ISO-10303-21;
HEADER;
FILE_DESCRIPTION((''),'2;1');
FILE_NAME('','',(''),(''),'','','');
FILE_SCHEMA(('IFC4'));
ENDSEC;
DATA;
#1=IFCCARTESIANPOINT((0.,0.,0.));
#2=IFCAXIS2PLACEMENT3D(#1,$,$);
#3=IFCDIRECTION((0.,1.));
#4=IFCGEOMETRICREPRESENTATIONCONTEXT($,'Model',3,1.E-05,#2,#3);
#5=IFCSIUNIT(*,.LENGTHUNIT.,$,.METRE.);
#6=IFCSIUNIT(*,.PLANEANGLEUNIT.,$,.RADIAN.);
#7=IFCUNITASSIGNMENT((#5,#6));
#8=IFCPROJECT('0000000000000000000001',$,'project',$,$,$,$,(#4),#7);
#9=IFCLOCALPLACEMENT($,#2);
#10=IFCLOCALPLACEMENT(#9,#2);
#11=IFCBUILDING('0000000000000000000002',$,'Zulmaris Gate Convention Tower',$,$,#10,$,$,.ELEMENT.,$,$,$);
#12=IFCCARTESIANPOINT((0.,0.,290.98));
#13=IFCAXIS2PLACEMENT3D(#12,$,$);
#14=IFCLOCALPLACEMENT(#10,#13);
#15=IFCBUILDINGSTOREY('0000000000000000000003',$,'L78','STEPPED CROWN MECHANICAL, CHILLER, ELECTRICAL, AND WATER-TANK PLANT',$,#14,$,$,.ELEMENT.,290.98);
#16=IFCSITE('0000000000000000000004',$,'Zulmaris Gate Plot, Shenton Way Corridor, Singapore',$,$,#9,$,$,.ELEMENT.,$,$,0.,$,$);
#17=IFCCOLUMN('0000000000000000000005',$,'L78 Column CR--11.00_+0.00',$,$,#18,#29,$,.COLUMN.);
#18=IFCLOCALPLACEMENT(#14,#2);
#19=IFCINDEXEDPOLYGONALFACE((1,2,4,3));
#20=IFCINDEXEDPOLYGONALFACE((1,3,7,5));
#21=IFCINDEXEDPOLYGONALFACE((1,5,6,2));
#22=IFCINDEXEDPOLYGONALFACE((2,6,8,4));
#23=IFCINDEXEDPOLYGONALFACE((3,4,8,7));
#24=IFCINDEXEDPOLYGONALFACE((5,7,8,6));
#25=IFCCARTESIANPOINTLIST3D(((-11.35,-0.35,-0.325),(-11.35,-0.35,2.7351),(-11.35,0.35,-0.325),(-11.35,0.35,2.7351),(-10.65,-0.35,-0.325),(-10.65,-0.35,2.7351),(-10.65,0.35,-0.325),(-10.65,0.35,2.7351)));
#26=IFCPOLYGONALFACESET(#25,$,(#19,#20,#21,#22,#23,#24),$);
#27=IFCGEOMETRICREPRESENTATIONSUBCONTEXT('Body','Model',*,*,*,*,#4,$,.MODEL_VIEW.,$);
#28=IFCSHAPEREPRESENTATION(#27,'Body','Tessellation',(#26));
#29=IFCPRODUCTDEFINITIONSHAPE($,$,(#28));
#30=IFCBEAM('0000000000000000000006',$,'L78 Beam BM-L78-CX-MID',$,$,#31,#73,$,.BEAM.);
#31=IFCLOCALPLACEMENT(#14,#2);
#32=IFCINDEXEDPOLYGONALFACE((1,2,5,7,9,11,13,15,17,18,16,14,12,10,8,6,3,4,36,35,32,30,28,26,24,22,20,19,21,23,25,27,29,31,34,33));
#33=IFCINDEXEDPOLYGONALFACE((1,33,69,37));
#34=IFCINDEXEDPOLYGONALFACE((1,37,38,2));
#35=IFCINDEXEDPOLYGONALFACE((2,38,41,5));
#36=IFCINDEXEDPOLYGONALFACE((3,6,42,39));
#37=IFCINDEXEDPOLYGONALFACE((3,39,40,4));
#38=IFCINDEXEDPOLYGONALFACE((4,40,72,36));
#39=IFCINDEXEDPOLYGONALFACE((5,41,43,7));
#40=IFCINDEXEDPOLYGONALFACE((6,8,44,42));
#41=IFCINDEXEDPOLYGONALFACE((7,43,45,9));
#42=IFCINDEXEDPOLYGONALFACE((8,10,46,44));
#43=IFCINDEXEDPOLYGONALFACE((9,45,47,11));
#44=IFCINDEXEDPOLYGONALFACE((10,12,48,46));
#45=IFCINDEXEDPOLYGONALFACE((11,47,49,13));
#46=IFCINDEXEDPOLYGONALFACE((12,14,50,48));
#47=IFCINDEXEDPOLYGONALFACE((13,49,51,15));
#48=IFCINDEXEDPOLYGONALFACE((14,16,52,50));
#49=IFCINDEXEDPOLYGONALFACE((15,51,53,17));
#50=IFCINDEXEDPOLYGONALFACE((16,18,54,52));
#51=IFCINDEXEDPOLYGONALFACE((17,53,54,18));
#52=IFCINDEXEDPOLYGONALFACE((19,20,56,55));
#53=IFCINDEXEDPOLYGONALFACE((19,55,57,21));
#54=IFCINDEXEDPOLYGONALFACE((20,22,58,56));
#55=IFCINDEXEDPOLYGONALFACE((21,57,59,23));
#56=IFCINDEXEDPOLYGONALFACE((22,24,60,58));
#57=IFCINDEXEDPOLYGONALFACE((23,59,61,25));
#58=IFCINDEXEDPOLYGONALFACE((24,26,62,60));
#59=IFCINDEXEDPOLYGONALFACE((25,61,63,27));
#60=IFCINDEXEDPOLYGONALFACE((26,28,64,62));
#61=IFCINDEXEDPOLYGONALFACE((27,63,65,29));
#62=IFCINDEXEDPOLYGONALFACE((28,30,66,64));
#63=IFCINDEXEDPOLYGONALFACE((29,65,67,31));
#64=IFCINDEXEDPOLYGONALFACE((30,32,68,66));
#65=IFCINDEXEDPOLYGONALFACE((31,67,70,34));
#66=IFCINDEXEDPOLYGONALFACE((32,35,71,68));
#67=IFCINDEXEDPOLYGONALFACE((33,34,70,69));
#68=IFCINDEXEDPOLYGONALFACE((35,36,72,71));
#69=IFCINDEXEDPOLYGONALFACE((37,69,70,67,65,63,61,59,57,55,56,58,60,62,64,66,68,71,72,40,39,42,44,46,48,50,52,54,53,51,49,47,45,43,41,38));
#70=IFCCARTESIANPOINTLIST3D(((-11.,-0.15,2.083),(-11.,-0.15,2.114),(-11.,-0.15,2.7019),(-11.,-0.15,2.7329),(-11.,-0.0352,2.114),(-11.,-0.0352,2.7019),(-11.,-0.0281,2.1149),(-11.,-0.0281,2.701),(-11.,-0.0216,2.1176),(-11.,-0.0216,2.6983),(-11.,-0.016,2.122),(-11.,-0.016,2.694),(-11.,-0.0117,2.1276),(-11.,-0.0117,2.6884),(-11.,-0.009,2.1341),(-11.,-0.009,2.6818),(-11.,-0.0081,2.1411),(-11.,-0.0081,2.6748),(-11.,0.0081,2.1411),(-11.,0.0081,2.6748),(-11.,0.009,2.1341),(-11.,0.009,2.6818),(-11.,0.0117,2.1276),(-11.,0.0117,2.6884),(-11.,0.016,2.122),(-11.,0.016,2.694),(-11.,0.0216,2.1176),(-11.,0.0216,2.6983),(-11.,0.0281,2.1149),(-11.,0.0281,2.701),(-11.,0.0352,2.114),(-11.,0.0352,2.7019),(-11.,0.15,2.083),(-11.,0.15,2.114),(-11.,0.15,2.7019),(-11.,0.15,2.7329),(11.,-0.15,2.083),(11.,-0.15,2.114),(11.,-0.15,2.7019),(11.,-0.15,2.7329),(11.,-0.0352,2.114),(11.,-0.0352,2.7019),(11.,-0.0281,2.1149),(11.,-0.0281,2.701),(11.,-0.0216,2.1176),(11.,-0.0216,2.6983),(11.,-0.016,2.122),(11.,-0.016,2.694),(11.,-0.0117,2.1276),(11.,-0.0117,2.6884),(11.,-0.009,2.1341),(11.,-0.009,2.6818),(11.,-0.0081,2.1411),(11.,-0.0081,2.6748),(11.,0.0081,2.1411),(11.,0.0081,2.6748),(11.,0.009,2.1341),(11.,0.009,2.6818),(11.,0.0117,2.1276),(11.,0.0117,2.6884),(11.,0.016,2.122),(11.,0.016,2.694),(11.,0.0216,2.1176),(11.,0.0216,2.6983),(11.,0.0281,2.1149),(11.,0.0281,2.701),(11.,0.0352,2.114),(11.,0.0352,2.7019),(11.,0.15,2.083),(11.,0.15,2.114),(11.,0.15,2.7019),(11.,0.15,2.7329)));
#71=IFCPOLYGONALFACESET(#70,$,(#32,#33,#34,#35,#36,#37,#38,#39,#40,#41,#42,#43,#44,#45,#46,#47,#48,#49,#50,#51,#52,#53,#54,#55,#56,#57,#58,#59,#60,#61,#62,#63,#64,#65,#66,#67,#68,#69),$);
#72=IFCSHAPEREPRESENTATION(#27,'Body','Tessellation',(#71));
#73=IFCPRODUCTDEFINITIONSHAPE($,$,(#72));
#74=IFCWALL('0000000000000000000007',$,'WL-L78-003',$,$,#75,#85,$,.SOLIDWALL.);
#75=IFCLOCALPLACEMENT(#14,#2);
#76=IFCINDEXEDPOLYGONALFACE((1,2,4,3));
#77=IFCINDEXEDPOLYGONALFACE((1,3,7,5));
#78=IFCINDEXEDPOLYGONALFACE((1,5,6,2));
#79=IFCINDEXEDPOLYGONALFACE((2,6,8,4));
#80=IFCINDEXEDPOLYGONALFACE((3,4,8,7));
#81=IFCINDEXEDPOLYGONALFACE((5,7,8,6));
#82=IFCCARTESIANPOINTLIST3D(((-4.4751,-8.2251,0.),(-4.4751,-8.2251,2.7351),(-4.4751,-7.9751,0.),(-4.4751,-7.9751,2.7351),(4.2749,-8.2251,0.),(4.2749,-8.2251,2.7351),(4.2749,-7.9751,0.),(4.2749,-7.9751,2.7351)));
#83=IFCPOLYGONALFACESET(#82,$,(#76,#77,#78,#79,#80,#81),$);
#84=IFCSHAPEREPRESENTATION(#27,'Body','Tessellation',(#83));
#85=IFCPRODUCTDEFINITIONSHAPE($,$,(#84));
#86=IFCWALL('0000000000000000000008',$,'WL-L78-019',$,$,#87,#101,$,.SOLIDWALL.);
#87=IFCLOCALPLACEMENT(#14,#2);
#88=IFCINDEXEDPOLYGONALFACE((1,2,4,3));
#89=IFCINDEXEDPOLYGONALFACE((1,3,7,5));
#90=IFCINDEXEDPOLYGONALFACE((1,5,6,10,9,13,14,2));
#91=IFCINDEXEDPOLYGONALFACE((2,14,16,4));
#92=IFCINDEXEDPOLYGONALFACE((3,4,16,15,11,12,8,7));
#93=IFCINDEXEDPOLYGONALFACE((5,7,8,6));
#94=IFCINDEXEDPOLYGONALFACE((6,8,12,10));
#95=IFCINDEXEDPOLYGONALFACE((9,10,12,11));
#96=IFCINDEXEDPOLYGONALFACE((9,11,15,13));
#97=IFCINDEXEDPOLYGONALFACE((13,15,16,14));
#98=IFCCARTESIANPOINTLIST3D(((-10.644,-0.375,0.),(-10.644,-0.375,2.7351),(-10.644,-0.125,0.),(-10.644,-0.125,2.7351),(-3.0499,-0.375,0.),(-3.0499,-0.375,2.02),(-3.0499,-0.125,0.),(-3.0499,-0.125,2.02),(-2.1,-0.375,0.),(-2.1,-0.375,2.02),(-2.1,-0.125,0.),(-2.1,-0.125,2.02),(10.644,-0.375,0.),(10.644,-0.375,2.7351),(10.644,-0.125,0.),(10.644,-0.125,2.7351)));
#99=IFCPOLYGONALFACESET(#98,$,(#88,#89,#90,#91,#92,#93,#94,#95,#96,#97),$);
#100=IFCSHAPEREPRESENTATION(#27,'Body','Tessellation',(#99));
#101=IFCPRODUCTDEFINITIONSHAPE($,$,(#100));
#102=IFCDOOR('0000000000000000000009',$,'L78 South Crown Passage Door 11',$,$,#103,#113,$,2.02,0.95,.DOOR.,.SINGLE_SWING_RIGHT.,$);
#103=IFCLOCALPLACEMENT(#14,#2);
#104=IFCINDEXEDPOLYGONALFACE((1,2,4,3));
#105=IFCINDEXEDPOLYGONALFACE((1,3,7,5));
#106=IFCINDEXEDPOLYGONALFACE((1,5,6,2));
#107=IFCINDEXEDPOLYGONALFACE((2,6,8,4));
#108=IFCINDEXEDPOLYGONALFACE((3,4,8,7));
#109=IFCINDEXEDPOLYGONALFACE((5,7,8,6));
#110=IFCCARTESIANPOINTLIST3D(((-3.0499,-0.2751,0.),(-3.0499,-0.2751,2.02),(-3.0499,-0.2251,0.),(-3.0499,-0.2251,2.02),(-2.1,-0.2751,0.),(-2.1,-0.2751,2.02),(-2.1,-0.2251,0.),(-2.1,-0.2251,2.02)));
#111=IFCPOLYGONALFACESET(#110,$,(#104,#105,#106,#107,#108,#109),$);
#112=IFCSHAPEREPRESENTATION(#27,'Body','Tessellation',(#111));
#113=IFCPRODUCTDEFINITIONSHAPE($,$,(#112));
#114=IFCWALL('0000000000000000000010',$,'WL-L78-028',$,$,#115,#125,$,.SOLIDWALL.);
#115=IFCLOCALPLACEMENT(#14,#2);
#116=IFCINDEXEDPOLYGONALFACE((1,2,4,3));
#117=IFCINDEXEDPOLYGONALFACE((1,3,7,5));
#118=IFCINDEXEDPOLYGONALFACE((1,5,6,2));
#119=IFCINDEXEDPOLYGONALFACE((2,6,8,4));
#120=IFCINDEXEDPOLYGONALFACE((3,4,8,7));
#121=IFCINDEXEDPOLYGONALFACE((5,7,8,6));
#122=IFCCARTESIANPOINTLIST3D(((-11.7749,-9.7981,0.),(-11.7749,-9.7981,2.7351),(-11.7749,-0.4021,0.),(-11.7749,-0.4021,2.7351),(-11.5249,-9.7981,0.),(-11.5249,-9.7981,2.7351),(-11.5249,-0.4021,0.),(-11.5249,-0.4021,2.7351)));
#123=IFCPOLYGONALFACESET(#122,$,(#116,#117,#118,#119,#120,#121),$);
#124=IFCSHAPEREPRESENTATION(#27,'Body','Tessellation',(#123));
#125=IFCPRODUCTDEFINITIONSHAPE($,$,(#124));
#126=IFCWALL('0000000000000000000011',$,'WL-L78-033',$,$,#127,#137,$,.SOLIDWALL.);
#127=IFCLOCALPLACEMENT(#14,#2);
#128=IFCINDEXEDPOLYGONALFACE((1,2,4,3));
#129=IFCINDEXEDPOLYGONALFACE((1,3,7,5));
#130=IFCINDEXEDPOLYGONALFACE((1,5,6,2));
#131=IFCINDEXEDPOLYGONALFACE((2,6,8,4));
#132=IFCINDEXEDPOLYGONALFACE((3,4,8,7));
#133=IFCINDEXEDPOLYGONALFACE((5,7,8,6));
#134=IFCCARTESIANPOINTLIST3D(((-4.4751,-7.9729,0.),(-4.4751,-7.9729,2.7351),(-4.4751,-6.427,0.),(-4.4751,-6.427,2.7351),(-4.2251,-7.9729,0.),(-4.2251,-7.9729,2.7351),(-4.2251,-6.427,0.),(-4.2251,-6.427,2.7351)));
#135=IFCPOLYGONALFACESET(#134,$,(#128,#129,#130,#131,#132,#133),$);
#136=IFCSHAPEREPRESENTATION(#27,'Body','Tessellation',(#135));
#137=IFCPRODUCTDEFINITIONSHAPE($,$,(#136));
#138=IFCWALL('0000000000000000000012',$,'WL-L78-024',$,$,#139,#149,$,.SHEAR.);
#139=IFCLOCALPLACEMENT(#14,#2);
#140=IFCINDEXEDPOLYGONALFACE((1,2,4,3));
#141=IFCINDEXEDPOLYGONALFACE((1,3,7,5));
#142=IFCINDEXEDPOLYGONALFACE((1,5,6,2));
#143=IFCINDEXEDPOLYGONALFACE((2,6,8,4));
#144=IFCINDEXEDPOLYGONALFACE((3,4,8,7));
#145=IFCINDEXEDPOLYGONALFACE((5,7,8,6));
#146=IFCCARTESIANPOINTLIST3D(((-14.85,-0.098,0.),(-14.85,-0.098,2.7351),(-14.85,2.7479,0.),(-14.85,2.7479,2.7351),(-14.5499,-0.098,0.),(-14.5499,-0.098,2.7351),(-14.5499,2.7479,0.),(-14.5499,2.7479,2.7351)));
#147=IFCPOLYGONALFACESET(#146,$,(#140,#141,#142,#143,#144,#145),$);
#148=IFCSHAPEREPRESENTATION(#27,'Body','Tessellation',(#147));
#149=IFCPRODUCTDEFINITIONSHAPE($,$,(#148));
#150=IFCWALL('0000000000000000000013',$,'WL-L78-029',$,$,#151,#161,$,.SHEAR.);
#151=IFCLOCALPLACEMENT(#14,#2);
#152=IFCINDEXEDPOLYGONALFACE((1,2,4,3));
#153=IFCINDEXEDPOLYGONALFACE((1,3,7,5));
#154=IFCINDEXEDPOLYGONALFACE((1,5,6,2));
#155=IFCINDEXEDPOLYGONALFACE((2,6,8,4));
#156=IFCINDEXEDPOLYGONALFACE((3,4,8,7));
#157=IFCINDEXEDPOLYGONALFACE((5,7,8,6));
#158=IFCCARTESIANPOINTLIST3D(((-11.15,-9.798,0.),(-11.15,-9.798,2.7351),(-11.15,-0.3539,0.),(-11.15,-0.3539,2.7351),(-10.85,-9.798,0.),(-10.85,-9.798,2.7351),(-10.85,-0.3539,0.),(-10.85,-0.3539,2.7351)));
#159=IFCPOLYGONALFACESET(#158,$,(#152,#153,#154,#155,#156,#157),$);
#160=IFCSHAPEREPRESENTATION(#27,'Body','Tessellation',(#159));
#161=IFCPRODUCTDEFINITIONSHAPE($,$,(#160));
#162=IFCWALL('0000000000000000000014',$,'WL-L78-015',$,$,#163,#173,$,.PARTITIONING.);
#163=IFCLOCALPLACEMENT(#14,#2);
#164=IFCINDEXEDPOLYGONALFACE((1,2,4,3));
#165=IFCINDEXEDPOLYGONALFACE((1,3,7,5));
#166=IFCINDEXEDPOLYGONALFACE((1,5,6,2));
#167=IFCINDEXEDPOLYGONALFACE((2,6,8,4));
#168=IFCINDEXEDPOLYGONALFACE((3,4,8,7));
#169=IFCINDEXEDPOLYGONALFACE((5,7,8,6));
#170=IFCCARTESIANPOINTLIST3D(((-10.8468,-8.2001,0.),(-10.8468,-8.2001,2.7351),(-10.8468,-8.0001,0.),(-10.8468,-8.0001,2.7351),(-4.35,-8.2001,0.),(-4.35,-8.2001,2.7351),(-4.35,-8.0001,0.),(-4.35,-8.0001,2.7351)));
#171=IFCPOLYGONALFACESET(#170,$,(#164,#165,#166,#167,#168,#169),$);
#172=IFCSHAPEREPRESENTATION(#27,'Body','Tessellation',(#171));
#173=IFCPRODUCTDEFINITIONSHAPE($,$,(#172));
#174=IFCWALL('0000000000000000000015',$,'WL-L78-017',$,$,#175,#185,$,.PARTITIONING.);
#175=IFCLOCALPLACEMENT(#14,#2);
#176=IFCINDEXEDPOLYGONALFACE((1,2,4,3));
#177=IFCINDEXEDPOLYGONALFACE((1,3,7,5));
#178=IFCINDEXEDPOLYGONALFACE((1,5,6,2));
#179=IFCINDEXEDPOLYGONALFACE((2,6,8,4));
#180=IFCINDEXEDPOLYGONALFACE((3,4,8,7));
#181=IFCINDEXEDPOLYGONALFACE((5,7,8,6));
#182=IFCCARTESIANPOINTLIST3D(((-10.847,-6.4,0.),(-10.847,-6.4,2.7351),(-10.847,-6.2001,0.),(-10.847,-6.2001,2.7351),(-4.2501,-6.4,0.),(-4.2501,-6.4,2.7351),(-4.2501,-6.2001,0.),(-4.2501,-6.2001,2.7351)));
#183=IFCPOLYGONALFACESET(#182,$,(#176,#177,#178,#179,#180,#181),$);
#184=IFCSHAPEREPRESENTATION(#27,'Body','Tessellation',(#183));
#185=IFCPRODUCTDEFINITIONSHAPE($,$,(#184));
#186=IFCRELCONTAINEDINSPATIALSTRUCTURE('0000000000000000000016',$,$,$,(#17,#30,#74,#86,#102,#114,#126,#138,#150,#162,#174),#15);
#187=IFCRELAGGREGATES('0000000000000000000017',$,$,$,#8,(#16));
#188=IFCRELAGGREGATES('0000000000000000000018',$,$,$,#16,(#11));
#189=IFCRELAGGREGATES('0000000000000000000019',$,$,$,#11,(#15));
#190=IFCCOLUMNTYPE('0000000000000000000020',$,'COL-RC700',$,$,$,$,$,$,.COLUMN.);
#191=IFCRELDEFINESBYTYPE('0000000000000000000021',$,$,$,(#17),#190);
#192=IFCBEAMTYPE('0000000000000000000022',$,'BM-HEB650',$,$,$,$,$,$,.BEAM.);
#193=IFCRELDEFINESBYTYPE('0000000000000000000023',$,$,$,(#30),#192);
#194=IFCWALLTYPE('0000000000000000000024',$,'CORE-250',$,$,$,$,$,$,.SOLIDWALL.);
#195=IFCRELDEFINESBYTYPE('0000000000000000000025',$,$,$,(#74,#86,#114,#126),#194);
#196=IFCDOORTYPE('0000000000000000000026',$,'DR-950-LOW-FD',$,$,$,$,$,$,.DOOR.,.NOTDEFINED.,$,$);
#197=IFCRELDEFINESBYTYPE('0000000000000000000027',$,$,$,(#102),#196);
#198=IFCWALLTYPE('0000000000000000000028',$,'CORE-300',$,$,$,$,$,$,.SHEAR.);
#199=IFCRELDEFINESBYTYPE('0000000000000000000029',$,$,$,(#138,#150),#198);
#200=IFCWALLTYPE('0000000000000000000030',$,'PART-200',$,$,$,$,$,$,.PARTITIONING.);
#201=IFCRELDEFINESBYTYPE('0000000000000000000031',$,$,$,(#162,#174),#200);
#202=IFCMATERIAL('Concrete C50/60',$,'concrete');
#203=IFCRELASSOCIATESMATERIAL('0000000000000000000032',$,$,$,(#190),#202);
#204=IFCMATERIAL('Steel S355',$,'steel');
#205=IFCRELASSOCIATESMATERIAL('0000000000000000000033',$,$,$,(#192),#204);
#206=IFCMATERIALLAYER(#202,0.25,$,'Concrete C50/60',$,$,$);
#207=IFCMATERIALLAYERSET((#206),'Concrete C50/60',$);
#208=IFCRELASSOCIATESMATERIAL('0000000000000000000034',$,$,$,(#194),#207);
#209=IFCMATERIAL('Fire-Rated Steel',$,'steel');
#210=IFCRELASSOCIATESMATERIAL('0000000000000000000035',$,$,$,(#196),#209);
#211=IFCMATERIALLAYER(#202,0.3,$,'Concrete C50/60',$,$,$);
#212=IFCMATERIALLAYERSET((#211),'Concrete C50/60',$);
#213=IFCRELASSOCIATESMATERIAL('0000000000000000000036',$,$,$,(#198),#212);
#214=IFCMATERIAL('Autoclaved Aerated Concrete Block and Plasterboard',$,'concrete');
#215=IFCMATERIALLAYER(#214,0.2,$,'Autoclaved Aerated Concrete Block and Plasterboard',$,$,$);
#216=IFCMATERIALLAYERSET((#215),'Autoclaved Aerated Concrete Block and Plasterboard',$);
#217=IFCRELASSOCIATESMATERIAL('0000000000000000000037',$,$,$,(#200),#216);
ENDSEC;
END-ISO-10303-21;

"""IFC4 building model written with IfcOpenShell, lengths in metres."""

from ifc_helpers import new_model, si_unit, direction, frame, frame_2d, origin, origin_2d, place, context, subcontext, project, spatial, rectangle, i_section, extrude, material, layer, layer_set, material_profile, profile_set, type_object, element, fill, save


model = new_model("IFC4")

# Units and contexts
model_context = context("Model", 3, precision=1e-05, world=origin(), true_north=direction((0.0, 1.0)))
body_context = subcontext(model_context, "Body", "Model", "MODEL_VIEW")
ifc_project = project(units=[si_unit("LENGTHUNIT", "METRE"), si_unit("PLANEANGLEUNIT", "RADIAN")], contexts=[model_context])

# Site, building, storey
site_placement = place(None, origin())
site = spatial("IfcSite", under=ifc_project, at=site_placement, Name="Zulmaris Gate Plot, Shenton Way Corridor, Singapore", CompositionType="ELEMENT", RefElevation=0.0)
building_placement = place(site_placement, origin())
building = spatial("IfcBuilding", under=site, at=building_placement, Name="Zulmaris Gate Convention Tower", CompositionType="ELEMENT")
storey_placement = place(building_placement, frame((0.0, 0.0, 290.98)))
storey = spatial("IfcBuildingStorey", under=building, at=storey_placement, Name="L78", Description="STEPPED CROWN MECHANICAL, CHILLER, ELECTRICAL, AND WATER-TANK PLANT", CompositionType="ELEMENT", Elevation=290.98)

# Column
ifc_material_1 = material(Name="Concrete C50/60", Category="concrete")
ifc_material_profile_1 = material_profile(ifc_material_1, rectangle(XDim=0.7, YDim=0.7, at=origin_2d()), Name="RC COL 700x700")
ifc_profile_set_1 = profile_set([ifc_material_profile_1], Name="Concrete C50/60")
column_type = type_object("IfcColumnType", Name="COL-RC700", PredefinedType="COLUMN", material=ifc_profile_set_1)
column_placement = place(storey_placement, frame((-11.0, 0.0, -0.325), z_axis=(0.0, 0.0, 1.0), x_axis=(1.0, 0.0, 0.0)))
element("IfcColumn", 1, at=column_placement, inside=storey, type_object=column_type, Name="L78 Column CR--11.00_+0.00", PredefinedType="COLUMN", context=body_context, shape_type="SweptSolid", body=[
    extrude(rectangle(XDim=0.7, YDim=0.7, at=origin_2d()), origin(), (0.0, 0.0, 1.0), 3.0601),
])

# Beam
ifc_material_2 = material(Name="Steel S355", Category="steel")
ifc_material_profile_2 = material_profile(ifc_material_2, i_section(OverallWidth=0.3, OverallDepth=0.6499, WebThickness=0.0161, FlangeThickness=0.031, FilletRadius=0.0271, at=origin_2d()), Name="HEB 650")
ifc_profile_set_2 = profile_set([ifc_material_profile_2], Name="Steel S355")
beam_type = type_object("IfcBeamType", Name="BM-HEB650", PredefinedType="BEAM", material=ifc_profile_set_2)
beam_placement = place(storey_placement, frame((-11.0, 0.0, 2.408), z_axis=(1.0, 0.0, 0.0), x_axis=(0.0, 1.0, 0.0)))
element("IfcBeam", 2, at=beam_placement, inside=storey, type_object=beam_type, Name="L78 Beam BM-L78-CX-MID", PredefinedType="BEAM", context=body_context, shape_type="SweptSolid", body=[
    extrude(i_section(OverallWidth=0.3, OverallDepth=0.6499, WebThickness=0.0161, FlangeThickness=0.031, FilletRadius=0.0271, at=origin_2d()), origin(), (0.0, 0.0, 1.0), 22.0),
])

# Wall
ifc_layer_1 = layer(ifc_material_1, 0.25, Name="Concrete C50/60")
ifc_layer_set_1 = layer_set([ifc_layer_1], Name="Concrete C50/60")
wall_type_1 = type_object("IfcWallType", Name="CORE-250", PredefinedType="SOLIDWALL", material=ifc_layer_set_1)
wall_1_placement = place(storey_placement, frame((-4.4751, -8.1001, 0.0), z_axis=(0.0, 0.0, 1.0), x_axis=(1.0, 0.0, 0.0)))
element("IfcWall", 3, at=wall_1_placement, inside=storey, type_object=wall_type_1, Name="WL-L78-003", PredefinedType="SOLIDWALL", context=body_context, shape_type="SweptSolid", body=[
    extrude(rectangle(XDim=8.75, YDim=0.25, at=frame_2d((4.375, 0.0))), origin(), (0.0, 0.0, 1.0), 2.7351),
])

# Wall, opening, door
ifc_material_3 = material(Name="Fire-Rated Steel", Category="steel")
wall_2_placement = place(storey_placement, frame((-10.644, -0.25, 0.0), z_axis=(0.0, 0.0, 1.0), x_axis=(1.0, 0.0, 0.0)))
wall_2 = element("IfcWall", 4, at=wall_2_placement, inside=storey, type_object=wall_type_1, Name="WL-L78-019", PredefinedType="SOLIDWALL", context=body_context, shape_type="SweptSolid", body=[
    extrude(rectangle(XDim=21.2881, YDim=0.25, at=frame_2d((10.644, 0.0))), origin(), (0.0, 0.0, 1.0), 2.7351),
])
opening_1_placement = place(wall_2_placement, frame((7.594, 0.0, 0.0)))
opening_1 = element("IfcOpeningElement", 5, at=opening_1_placement, cuts=wall_2, PredefinedType="OPENING", context=body_context, shape_type="SweptSolid", body=[
    extrude(rectangle(XDim=0.95, YDim=2.02, at=frame_2d((0.4751, 1.01))), frame((0.0, 0.135, 0.0), z_axis=(0.0, -1.0, 0.0), x_axis=(1.0, 0.0, 0.0)), (0.0, 0.0, 1.0), 0.27),
])
door_type_1 = type_object("IfcDoorType", Name="DR-950-LOW-FD", OperationType="NOTDEFINED", PredefinedType="DOOR", material=ifc_material_3)
door_1_placement = place(opening_1_placement, origin())
door_1 = element("IfcDoor", 6, at=door_1_placement, inside=storey, type_object=door_type_1, Name="L78 South Crown Passage Door 11", OperationType="SINGLE_SWING_RIGHT", OverallHeight=2.02, OverallWidth=0.95, PredefinedType="DOOR", context=body_context, shape_type="SweptSolid", body=[
    extrude(rectangle(XDim=0.95, YDim=2.02, at=frame_2d((0.4751, 1.01))), frame((0.0, 0.0249, 0.0), z_axis=(0.0, -1.0, 0.0), x_axis=(1.0, 0.0, 0.0)), (0.0, 0.0, 1.0), 0.05),
])
fill(opening_1, door_1)

# Walls
wall_3_placement = place(storey_placement, frame((-11.6499, -9.7981, 0.0), z_axis=(0.0, 0.0, 1.0), x_axis=(0.0, 1.0, 0.0)))
element("IfcWall", 7, at=wall_3_placement, inside=storey, type_object=wall_type_1, Name="WL-L78-028", PredefinedType="SOLIDWALL", context=body_context, shape_type="SweptSolid", body=[
    extrude(rectangle(XDim=9.396, YDim=0.25, at=frame_2d((4.698, 0.0))), origin(), (0.0, 0.0, 1.0), 2.7351),
])
wall_4_placement = place(storey_placement, frame((-4.3501, -7.9729, 0.0), z_axis=(0.0, 0.0, 1.0), x_axis=(0.0, 1.0, 0.0)))
element("IfcWall", 8, at=wall_4_placement, inside=storey, type_object=wall_type_1, Name="WL-L78-033", PredefinedType="SOLIDWALL", context=body_context, shape_type="SweptSolid", body=[
    extrude(rectangle(XDim=1.5459, YDim=0.25, at=frame_2d((0.7729, 0.0))), origin(), (0.0, 0.0, 1.0), 2.7351),
])

# Shared definitions
ifc_layer_2 = layer(ifc_material_1, 0.3, Name="Concrete C50/60")
ifc_layer_set_2 = layer_set([ifc_layer_2], Name="Concrete C50/60")
wall_type_2 = type_object("IfcWallType", Name="CORE-300", PredefinedType="SHEAR", material=ifc_layer_set_2)

# Walls
wall_5_placement = place(storey_placement, frame((-14.7, -0.0979, 0.0), z_axis=(0.0, 0.0, 1.0), x_axis=(0.0, 1.0, 0.0)))
element("IfcWall", 9, at=wall_5_placement, inside=storey, type_object=wall_type_2, Name="WL-L78-024", PredefinedType="SHEAR", context=body_context, shape_type="SweptSolid", body=[
    extrude(rectangle(XDim=2.8459, YDim=0.3, at=frame_2d((1.4229, 0.0))), origin(), (0.0, 0.0, 1.0), 2.7351),
])
wall_6_placement = place(storey_placement, frame((-11.0, -9.7981, 0.0), z_axis=(0.0, 0.0, 1.0), x_axis=(0.0, 1.0, 0.0)))
element("IfcWall", 10, at=wall_6_placement, inside=storey, type_object=wall_type_2, Name="WL-L78-029", PredefinedType="SHEAR", context=body_context, shape_type="SweptSolid", body=[
    extrude(rectangle(XDim=9.4441, YDim=0.3, at=frame_2d((4.7222, 0.0))), origin(), (0.0, 0.0, 1.0), 2.7351),
])
ifc_material_4 = material(Name="Autoclaved Aerated Concrete Block and Plasterboard", Category="concrete")
ifc_layer_3 = layer(ifc_material_4, 0.2, Name="Autoclaved Aerated Concrete Block and Plasterboard")
ifc_layer_set_3 = layer_set([ifc_layer_3], Name="Autoclaved Aerated Concrete Block and Plasterboard")
wall_type_3 = type_object("IfcWallType", Name="PART-200", PredefinedType="PARTITIONING", material=ifc_layer_set_3)
wall_7_placement = place(storey_placement, frame((-10.8469, -8.1001, 0.0), z_axis=(0.0, 0.0, 1.0), x_axis=(1.0, 0.0, 0.0)))
element("IfcWall", 11, at=wall_7_placement, inside=storey, type_object=wall_type_3, Name="WL-L78-015", PredefinedType="PARTITIONING", context=body_context, shape_type="SweptSolid", body=[
    extrude(rectangle(XDim=6.4968, YDim=0.2, at=frame_2d((3.2485, 0.0))), origin(), (0.0, 0.0, 1.0), 2.7351),
])
wall_8_placement = place(storey_placement, frame((-10.8469, -6.3, 0.0), z_axis=(0.0, 0.0, 1.0), x_axis=(1.0, 0.0, 0.0)))
element("IfcWall", 12, at=wall_8_placement, inside=storey, type_object=wall_type_3, Name="WL-L78-017", PredefinedType="PARTITIONING", context=body_context, shape_type="SweptSolid", body=[
    extrude(rectangle(XDim=6.5969, YDim=0.2, at=frame_2d((3.2983, 0.0))), origin(), (0.0, 0.0, 1.0), 2.7351),
])

save(model, "model.ifc")
